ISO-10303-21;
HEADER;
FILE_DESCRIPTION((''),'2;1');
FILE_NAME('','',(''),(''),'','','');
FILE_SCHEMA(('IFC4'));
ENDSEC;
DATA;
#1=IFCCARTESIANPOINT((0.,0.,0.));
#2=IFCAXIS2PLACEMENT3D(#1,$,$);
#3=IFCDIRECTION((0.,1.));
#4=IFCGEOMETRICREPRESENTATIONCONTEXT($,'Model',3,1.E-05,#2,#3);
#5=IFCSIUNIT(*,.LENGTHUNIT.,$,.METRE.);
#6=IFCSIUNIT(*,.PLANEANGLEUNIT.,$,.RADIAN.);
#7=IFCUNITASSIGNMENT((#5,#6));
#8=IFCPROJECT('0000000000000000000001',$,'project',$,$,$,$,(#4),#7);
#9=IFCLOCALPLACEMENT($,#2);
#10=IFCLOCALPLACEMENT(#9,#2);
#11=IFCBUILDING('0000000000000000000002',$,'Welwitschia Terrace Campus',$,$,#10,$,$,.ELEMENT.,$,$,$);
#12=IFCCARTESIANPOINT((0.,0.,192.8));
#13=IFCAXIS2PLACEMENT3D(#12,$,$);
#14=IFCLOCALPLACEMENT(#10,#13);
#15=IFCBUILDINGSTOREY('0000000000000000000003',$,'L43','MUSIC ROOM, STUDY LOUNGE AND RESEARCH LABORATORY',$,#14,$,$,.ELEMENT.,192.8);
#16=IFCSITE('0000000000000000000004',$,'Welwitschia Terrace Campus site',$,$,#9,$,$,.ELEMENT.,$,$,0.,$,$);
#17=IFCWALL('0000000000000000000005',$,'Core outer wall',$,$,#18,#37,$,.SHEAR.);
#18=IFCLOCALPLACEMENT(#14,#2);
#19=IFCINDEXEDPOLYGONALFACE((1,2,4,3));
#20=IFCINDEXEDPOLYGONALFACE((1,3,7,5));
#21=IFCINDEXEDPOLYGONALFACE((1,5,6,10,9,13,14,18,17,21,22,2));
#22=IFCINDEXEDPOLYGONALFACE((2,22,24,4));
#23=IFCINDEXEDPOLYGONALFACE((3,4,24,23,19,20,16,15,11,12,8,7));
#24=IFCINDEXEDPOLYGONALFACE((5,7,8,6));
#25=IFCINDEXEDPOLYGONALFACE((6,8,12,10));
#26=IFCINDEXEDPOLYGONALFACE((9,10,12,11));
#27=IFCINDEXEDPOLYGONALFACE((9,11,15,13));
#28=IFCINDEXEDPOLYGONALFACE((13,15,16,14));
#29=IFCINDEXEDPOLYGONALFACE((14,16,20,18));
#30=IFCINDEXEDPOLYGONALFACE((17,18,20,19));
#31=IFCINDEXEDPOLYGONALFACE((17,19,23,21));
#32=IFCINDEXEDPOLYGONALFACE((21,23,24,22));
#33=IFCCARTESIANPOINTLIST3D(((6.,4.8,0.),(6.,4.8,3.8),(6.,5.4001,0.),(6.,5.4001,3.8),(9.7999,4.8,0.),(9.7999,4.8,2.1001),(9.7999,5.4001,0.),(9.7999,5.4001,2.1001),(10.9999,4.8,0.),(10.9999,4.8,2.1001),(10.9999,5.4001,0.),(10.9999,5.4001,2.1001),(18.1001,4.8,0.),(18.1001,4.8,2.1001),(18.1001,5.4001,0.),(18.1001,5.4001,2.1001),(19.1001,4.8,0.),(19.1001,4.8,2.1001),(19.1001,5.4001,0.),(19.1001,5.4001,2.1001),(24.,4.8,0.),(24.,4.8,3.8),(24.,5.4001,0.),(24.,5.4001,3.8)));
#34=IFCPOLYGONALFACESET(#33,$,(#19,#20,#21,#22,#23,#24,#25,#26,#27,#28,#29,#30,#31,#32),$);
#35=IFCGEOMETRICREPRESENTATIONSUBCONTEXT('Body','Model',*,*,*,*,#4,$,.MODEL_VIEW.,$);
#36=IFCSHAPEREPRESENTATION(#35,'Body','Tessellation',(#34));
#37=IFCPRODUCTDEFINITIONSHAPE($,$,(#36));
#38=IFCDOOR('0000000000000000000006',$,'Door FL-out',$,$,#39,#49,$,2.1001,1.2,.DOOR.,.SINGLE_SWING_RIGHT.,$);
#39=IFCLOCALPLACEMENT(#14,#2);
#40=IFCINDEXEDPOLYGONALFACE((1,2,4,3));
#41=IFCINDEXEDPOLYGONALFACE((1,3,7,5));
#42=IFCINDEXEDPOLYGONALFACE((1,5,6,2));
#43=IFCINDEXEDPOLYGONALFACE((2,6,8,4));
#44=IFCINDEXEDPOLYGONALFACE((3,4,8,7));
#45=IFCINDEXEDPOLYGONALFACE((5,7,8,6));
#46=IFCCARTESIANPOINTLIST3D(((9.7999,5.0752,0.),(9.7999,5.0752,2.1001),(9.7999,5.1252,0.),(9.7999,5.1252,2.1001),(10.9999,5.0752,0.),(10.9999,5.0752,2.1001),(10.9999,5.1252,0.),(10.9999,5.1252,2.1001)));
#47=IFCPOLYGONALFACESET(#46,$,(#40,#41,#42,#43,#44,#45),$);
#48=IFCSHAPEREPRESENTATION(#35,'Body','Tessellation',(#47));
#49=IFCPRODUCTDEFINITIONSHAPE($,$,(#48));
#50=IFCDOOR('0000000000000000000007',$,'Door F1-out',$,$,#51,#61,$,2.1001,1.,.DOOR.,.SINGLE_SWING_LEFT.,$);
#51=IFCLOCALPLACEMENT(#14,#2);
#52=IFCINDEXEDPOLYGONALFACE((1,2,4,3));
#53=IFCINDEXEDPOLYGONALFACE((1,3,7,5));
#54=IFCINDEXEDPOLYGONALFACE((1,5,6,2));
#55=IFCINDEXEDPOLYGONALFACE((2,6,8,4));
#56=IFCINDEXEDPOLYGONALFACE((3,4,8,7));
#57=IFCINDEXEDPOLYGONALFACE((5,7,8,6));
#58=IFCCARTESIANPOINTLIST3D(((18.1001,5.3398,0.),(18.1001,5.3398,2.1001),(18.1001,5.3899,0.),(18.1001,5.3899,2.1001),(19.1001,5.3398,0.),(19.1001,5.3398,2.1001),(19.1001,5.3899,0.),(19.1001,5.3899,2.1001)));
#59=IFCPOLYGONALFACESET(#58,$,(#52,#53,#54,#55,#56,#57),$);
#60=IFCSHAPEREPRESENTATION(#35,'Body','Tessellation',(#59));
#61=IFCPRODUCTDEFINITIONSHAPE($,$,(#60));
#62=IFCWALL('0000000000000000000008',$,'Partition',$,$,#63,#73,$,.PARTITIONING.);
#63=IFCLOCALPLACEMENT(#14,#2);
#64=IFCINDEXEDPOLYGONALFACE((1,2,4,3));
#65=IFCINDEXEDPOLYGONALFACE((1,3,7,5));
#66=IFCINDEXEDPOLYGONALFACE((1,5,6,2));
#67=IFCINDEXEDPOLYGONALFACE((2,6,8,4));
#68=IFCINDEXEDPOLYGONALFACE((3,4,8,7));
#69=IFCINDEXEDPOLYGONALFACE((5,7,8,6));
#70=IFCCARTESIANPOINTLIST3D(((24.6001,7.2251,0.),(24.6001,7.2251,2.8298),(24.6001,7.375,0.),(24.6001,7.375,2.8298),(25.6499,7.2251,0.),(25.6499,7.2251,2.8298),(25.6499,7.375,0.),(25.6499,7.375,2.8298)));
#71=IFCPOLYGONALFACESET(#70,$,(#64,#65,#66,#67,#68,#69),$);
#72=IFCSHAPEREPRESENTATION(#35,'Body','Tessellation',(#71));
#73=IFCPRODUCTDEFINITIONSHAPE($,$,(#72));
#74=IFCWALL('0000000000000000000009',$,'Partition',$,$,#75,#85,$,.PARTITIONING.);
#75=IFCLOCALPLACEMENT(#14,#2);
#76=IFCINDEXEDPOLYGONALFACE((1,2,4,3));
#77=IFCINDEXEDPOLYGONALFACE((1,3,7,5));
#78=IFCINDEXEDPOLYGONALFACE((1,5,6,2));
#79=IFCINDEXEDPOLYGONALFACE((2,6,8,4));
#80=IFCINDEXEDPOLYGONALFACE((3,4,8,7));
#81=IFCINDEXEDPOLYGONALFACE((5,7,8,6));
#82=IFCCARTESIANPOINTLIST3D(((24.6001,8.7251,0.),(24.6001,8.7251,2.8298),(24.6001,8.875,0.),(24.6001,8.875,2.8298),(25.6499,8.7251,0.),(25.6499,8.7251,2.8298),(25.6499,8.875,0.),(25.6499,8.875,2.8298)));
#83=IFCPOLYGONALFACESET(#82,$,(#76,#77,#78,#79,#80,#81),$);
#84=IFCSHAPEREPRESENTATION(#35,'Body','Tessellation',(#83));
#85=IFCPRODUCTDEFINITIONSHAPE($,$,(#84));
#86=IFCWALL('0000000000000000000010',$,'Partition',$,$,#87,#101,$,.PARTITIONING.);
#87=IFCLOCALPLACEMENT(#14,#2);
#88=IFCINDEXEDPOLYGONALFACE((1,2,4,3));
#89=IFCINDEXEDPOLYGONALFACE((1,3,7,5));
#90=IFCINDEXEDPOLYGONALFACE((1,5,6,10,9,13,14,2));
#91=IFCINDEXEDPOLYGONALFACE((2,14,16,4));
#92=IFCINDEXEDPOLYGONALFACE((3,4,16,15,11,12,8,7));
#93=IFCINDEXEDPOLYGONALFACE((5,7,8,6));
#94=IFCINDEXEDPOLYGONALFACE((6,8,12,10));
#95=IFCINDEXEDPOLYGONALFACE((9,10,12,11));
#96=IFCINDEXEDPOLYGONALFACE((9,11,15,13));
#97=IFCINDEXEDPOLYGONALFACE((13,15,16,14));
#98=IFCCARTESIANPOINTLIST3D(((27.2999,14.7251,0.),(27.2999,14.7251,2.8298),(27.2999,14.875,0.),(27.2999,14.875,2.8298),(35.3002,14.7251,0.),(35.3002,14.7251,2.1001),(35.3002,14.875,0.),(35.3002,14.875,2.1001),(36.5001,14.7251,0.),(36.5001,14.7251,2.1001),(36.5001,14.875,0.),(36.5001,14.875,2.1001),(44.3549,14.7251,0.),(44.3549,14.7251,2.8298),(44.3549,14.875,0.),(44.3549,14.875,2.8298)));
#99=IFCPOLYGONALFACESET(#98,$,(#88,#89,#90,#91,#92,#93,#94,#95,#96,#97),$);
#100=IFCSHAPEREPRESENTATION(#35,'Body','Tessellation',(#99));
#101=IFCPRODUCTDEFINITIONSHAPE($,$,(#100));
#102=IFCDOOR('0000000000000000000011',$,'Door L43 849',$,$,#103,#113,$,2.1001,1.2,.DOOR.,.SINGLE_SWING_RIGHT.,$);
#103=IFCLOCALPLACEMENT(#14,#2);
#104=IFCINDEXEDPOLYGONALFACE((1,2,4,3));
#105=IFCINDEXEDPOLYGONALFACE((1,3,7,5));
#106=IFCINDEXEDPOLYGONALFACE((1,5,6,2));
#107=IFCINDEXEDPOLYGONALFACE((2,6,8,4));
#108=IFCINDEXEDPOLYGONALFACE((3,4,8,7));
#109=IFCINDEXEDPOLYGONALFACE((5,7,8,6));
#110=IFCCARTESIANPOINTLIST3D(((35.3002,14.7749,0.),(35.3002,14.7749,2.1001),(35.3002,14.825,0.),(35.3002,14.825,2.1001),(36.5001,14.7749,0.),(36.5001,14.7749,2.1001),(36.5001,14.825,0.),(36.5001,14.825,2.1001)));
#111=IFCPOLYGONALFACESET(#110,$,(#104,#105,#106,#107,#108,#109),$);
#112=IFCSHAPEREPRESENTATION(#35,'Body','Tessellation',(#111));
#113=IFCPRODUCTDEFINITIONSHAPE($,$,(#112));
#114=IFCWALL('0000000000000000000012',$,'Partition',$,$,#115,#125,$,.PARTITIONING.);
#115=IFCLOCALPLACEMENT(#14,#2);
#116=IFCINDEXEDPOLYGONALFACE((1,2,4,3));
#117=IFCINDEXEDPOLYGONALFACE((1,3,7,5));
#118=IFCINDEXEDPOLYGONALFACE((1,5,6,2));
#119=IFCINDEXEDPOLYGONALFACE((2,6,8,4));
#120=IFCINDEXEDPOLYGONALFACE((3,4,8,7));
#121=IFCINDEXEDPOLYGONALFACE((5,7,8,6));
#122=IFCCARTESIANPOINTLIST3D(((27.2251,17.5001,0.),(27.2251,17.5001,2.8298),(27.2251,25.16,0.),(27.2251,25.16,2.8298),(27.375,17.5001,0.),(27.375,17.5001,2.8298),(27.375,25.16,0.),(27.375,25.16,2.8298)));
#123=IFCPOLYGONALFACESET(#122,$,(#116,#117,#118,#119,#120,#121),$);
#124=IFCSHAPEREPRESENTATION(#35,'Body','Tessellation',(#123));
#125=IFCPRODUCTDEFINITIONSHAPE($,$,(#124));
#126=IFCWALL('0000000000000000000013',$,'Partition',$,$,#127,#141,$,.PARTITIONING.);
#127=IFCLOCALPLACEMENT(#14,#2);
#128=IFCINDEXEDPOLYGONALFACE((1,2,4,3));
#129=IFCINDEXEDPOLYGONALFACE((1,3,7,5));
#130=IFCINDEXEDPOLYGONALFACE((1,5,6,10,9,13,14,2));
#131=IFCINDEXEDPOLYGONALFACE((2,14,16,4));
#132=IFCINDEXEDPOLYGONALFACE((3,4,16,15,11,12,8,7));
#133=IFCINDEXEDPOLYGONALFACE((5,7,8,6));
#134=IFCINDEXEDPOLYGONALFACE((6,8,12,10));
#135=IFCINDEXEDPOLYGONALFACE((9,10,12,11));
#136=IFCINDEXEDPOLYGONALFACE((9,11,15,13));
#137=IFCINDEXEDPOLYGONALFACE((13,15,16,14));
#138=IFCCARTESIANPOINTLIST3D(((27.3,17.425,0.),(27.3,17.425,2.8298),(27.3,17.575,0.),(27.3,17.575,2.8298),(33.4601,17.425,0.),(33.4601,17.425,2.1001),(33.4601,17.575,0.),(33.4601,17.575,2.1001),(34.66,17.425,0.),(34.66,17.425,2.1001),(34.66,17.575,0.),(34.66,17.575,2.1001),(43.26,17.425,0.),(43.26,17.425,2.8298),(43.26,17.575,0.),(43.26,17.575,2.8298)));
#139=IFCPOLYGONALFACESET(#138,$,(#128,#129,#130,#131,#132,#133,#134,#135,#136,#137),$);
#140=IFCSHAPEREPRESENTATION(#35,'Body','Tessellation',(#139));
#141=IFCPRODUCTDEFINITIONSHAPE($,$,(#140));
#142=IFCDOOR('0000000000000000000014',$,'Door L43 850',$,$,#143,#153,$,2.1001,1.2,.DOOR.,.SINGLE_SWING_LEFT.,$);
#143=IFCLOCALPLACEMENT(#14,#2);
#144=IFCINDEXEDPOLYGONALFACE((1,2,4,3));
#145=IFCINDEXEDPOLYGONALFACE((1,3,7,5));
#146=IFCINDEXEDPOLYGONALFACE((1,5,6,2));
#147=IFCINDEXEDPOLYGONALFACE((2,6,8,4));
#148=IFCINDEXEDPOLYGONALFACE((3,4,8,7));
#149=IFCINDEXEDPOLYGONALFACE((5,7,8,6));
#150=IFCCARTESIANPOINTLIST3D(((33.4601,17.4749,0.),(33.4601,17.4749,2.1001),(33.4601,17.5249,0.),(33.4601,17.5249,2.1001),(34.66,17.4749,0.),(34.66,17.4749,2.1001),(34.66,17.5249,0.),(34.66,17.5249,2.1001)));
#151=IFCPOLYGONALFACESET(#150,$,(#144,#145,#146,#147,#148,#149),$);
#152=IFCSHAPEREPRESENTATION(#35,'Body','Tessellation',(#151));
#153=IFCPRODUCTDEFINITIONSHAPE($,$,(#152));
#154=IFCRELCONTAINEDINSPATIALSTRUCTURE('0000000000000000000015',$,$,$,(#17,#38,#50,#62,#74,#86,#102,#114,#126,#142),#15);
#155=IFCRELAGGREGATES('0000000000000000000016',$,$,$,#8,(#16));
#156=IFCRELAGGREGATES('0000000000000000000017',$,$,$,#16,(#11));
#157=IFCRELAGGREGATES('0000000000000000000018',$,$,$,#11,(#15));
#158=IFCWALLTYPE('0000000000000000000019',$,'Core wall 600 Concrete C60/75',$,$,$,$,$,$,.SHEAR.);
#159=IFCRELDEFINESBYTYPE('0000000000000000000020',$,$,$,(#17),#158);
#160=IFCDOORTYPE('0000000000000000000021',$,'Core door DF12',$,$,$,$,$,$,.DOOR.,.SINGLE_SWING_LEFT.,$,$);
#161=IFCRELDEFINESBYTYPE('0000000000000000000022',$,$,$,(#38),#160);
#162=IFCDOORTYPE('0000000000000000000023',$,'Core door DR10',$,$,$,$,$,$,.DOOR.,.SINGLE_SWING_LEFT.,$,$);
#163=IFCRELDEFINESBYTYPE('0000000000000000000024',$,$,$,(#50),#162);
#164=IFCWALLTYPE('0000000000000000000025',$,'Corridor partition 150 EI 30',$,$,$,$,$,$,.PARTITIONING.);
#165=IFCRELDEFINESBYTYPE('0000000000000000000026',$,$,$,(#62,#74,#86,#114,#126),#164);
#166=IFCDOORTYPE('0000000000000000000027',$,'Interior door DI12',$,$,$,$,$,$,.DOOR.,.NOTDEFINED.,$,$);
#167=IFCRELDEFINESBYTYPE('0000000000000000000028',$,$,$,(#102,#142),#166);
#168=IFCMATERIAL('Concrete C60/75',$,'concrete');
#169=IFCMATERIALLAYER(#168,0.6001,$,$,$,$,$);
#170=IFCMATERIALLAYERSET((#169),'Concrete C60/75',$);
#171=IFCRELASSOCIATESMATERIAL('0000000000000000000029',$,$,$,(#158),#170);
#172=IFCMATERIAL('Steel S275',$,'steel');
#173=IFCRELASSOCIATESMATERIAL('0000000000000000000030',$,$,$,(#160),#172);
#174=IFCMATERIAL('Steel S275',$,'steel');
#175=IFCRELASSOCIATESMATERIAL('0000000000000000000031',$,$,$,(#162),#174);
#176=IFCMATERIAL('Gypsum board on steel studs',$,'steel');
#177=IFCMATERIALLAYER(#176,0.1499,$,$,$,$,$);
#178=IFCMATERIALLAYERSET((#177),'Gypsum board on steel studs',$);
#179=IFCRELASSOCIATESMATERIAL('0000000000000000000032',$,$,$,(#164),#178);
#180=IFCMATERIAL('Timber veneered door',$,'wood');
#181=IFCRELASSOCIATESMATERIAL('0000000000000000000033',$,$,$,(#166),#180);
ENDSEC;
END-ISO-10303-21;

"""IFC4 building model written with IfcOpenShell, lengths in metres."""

from ifc_helpers import new_model, si_unit, direction, frame, frame_2d, origin, place, context, subcontext, project, spatial, rectangle, extrude, material, layer, layer_set, type_object, element, fill, save


model = new_model("IFC4")

# Units and contexts
model_context = context("Model", 3, precision=1e-05, world=origin(), true_north=direction((0.0, 1.0)))
body_context = subcontext(model_context, "Body", "Model", "MODEL_VIEW")
ifc_project = project(units=[si_unit("LENGTHUNIT", "METRE"), si_unit("PLANEANGLEUNIT", "RADIAN")], contexts=[model_context])

# Site, building, storey
site_placement = place(None, origin())
site = spatial("IfcSite", under=ifc_project, at=site_placement, Name="Welwitschia Terrace Campus site", CompositionType="ELEMENT", RefElevation=0.0)
building_placement = place(site_placement, origin())
building = spatial("IfcBuilding", under=site, at=building_placement, Name="Welwitschia Terrace Campus", CompositionType="ELEMENT")
storey_placement = place(building_placement, frame((0.0, 0.0, 192.8)))
storey = spatial("IfcBuildingStorey", under=building, at=storey_placement, Name="L43", Description="MUSIC ROOM, STUDY LOUNGE AND RESEARCH LABORATORY", CompositionType="ELEMENT", Elevation=192.8)

# Wall, openings, doors
ifc_material_1 = material(Name="Concrete C60/75", Category="concrete")
ifc_layer_1 = layer(ifc_material_1, 0.6001)
ifc_layer_set_1 = layer_set([ifc_layer_1], Name="Concrete C60/75")
wall_type_1 = type_object("IfcWallType", Name="Core wall 600 Concrete C60/75", PredefinedType="SHEAR", material=ifc_layer_set_1)
wall_1_placement = place(storey_placement, frame((24.0, 5.1001, 0.0), z_axis=(0.0, 0.0, 1.0), x_axis=(-1.0, 0.0, 0.0)))
wall_1 = element("IfcWall", 1, at=wall_1_placement, inside=storey, type_object=wall_type_1, Name="Core outer wall", PredefinedType="SHEAR", context=body_context, shape_type="SweptSolid", body=[
    extrude(rectangle(XDim=18.0, YDim=0.6001, at=frame_2d((9.0, 0.0))), origin(), (0.0, 0.0, 1.0), 3.8),
])
opening_1_placement = place(wall_1_placement, frame((13.0, 0.0, 0.0)))
opening_1 = element("IfcOpeningElement", 2, at=opening_1_placement, cuts=wall_1, PredefinedType="OPENING", context=body_context, shape_type="SweptSolid", body=[
    extrude(rectangle(XDim=1.2, YDim=2.1001, at=frame_2d((0.6001, 1.05))), frame((0.0, 0.3101, 0.0), z_axis=(0.0, -1.0, 0.0), x_axis=(1.0, 0.0, 0.0)), (0.0, 0.0, 1.0), 0.6201),
])
opening_2_placement = place(wall_1_placement, frame((4.8999, 0.0, 0.0)))
opening_2 = element("IfcOpeningElement", 3, at=opening_2_placement, cuts=wall_1, PredefinedType="OPENING", context=body_context, shape_type="SweptSolid", body=[
    extrude(rectangle(XDim=1.0, YDim=2.1001, at=frame_2d((0.5, 1.05))), frame((0.0, 0.3101, 0.0), z_axis=(0.0, -1.0, 0.0), x_axis=(1.0, 0.0, 0.0)), (0.0, 0.0, 1.0), 0.6201),
])
ifc_material_2 = material(Name="Steel S275", Category="steel")
door_type_1 = type_object("IfcDoorType", Name="Core door DF12", OperationType="SINGLE_SWING_LEFT", PredefinedType="DOOR", material=ifc_material_2)
door_1_placement = place(opening_1_placement, origin())
door_1 = element("IfcDoor", 4, at=door_1_placement, inside=storey, type_object=door_type_1, Name="Door FL-out", OperationType="SINGLE_SWING_RIGHT", OverallHeight=2.1001, OverallWidth=1.2, PredefinedType="DOOR", context=body_context, shape_type="SweptSolid", body=[
    extrude(rectangle(XDim=1.2, YDim=2.1001, at=frame_2d((0.6001, 1.05))), frame((0.0, 0.0249, 0.0), z_axis=(0.0, -1.0, 0.0), x_axis=(1.0, 0.0, 0.0)), (0.0, 0.0, 1.0), 0.05),
])
fill(opening_1, door_1)
ifc_material_3 = material(Name="Steel S275", Category="steel")
door_type_2 = type_object("IfcDoorType", Name="Core door DR10", OperationType="SINGLE_SWING_LEFT", PredefinedType="DOOR", material=ifc_material_3)
door_2_placement = place(opening_2_placement, origin())
door_2 = element("IfcDoor", 5, at=door_2_placement, inside=storey, type_object=door_type_2, Name="Door F1-out", OperationType="SINGLE_SWING_LEFT", OverallHeight=2.1001, OverallWidth=1.0, PredefinedType="DOOR", context=body_context, shape_type="SweptSolid", body=[
    extrude(rectangle(XDim=1.0, YDim=2.1001, at=frame_2d((0.5, 1.05))), frame((0.0, -0.2397, 0.0), z_axis=(0.0, -1.0, 0.0), x_axis=(1.0, 0.0, 0.0)), (0.0, 0.0, 1.0), 0.05),
])
fill(opening_2, door_2)

# Walls
ifc_material_4 = material(Name="Gypsum board on steel studs", Category="steel")
ifc_layer_2 = layer(ifc_material_4, 0.1499)
ifc_layer_set_2 = layer_set([ifc_layer_2], Name="Gypsum board on steel studs")
wall_type_2 = type_object("IfcWallType", Name="Corridor partition 150 EI 30", PredefinedType="PARTITIONING", material=ifc_layer_set_2)
for number, where, z_axis, x_axis, name in (
    (6, (24.6001, 7.3, 0.0), (0.0, 0.0, 1.0), (1.0, 0.0, 0.0), "Partition"),
    (7, (24.6001, 8.8, 0.0), (0.0, 0.0, 1.0), (1.0, 0.0, 0.0), "Partition"),
):
    element("IfcWall", number, at=place(storey_placement, frame(where, z_axis=z_axis, x_axis=x_axis)), inside=storey, type_object=wall_type_2, Name=name, PredefinedType="PARTITIONING", context=body_context, shape_type="SweptSolid", body=[
        extrude(rectangle(XDim=1.0498, YDim=0.1499, at=frame_2d((0.5249, 0.0))), origin(), (0.0, 0.0, 1.0), 2.8298),
    ])

# Wall, opening, door
wall_2_placement = place(storey_placement, frame((27.3, 14.8, 0.0), z_axis=(0.0, 0.0, 1.0), x_axis=(1.0, 0.0, 0.0)))
wall_2 = element("IfcWall", 8, at=wall_2_placement, inside=storey, type_object=wall_type_2, Name="Partition", PredefinedType="PARTITIONING", context=body_context, shape_type="SweptSolid", body=[
    extrude(rectangle(XDim=17.0549, YDim=0.1499, at=frame_2d((8.5273, 0.0))), origin(), (0.0, 0.0, 1.0), 2.8298),
])
opening_3_placement = place(wall_2_placement, frame((8.0, 0.0, 0.0)))
opening_3 = element("IfcOpeningElement", 9, at=opening_3_placement, cuts=wall_2, PredefinedType="OPENING", context=body_context, shape_type="SweptSolid", body=[
    extrude(rectangle(XDim=1.2, YDim=2.1001, at=frame_2d((0.6001, 1.05))), frame((0.0, 0.085, 0.0), z_axis=(0.0, -1.0, 0.0), x_axis=(1.0, 0.0, 0.0)), (0.0, 0.0, 1.0), 0.1699),
])
ifc_material_5 = material(Name="Timber veneered door", Category="wood")
door_type_3 = type_object("IfcDoorType", Name="Interior door DI12", OperationType="NOTDEFINED", PredefinedType="DOOR", material=ifc_material_5)
door_3_placement = place(opening_3_placement, origin())
door_3 = element("IfcDoor", 10, at=door_3_placement, inside=storey, type_object=door_type_3, Name="Door L43 849", OperationType="SINGLE_SWING_RIGHT", OverallHeight=2.1001, OverallWidth=1.2, PredefinedType="DOOR", context=body_context, shape_type="SweptSolid", body=[
    extrude(rectangle(XDim=1.2, YDim=2.1001, at=frame_2d((0.6001, 1.05))), frame((0.0, 0.0249, 0.0), z_axis=(0.0, -1.0, 0.0), x_axis=(1.0, 0.0, 0.0)), (0.0, 0.0, 1.0), 0.05),
])
fill(opening_3, door_3)

# Wall
wall_3_placement = place(storey_placement, frame((27.3, 17.5, 0.0), z_axis=(0.0, 0.0, 1.0), x_axis=(0.0, 1.0, 0.0)))
element("IfcWall", 11, at=wall_3_placement, inside=storey, type_object=wall_type_2, Name="Partition", PredefinedType="PARTITIONING", context=body_context, shape_type="SweptSolid", body=[
    extrude(rectangle(XDim=7.6599, YDim=0.1499, at=frame_2d((3.8301, 0.0))), origin(), (0.0, 0.0, 1.0), 2.8298),
])

# Wall, opening, door
wall_4_placement = place(storey_placement, frame((27.3, 17.5, 0.0), z_axis=(0.0, 0.0, 1.0), x_axis=(1.0, 0.0, 0.0)))
wall_4 = element("IfcWall", 12, at=wall_4_placement, inside=storey, type_object=wall_type_2, Name="Partition", PredefinedType="PARTITIONING", context=body_context, shape_type="SweptSolid", body=[
    extrude(rectangle(XDim=15.96, YDim=0.1499, at=frame_2d((7.98, 0.0))), origin(), (0.0, 0.0, 1.0), 2.8298),
])
opening_4_placement = place(wall_4_placement, frame((6.1599, 0.0, 0.0)))
opening_4 = element("IfcOpeningElement", 13, at=opening_4_placement, cuts=wall_4, PredefinedType="OPENING", context=body_context, shape_type="SweptSolid", body=[
    extrude(rectangle(XDim=1.2, YDim=2.1001, at=frame_2d((0.6001, 1.05))), frame((0.0, 0.085, 0.0), z_axis=(0.0, -1.0, 0.0), x_axis=(1.0, 0.0, 0.0)), (0.0, 0.0, 1.0), 0.1699),
])
door_4_placement = place(opening_4_placement, origin())
door_4 = element("IfcDoor", 14, at=door_4_placement, inside=storey, type_object=door_type_3, Name="Door L43 850", OperationType="SINGLE_SWING_LEFT", OverallHeight=2.1001, OverallWidth=1.2, PredefinedType="DOOR", context=body_context, shape_type="SweptSolid", body=[
    extrude(rectangle(XDim=1.2, YDim=2.1001, at=frame_2d((0.6001, 1.05))), frame((0.0, 0.0249, 0.0), z_axis=(0.0, -1.0, 0.0), x_axis=(1.0, 0.0, 0.0)), (0.0, 0.0, 1.0), 0.05),
])
fill(opening_4, door_4)

save(model, "model.ifc")
